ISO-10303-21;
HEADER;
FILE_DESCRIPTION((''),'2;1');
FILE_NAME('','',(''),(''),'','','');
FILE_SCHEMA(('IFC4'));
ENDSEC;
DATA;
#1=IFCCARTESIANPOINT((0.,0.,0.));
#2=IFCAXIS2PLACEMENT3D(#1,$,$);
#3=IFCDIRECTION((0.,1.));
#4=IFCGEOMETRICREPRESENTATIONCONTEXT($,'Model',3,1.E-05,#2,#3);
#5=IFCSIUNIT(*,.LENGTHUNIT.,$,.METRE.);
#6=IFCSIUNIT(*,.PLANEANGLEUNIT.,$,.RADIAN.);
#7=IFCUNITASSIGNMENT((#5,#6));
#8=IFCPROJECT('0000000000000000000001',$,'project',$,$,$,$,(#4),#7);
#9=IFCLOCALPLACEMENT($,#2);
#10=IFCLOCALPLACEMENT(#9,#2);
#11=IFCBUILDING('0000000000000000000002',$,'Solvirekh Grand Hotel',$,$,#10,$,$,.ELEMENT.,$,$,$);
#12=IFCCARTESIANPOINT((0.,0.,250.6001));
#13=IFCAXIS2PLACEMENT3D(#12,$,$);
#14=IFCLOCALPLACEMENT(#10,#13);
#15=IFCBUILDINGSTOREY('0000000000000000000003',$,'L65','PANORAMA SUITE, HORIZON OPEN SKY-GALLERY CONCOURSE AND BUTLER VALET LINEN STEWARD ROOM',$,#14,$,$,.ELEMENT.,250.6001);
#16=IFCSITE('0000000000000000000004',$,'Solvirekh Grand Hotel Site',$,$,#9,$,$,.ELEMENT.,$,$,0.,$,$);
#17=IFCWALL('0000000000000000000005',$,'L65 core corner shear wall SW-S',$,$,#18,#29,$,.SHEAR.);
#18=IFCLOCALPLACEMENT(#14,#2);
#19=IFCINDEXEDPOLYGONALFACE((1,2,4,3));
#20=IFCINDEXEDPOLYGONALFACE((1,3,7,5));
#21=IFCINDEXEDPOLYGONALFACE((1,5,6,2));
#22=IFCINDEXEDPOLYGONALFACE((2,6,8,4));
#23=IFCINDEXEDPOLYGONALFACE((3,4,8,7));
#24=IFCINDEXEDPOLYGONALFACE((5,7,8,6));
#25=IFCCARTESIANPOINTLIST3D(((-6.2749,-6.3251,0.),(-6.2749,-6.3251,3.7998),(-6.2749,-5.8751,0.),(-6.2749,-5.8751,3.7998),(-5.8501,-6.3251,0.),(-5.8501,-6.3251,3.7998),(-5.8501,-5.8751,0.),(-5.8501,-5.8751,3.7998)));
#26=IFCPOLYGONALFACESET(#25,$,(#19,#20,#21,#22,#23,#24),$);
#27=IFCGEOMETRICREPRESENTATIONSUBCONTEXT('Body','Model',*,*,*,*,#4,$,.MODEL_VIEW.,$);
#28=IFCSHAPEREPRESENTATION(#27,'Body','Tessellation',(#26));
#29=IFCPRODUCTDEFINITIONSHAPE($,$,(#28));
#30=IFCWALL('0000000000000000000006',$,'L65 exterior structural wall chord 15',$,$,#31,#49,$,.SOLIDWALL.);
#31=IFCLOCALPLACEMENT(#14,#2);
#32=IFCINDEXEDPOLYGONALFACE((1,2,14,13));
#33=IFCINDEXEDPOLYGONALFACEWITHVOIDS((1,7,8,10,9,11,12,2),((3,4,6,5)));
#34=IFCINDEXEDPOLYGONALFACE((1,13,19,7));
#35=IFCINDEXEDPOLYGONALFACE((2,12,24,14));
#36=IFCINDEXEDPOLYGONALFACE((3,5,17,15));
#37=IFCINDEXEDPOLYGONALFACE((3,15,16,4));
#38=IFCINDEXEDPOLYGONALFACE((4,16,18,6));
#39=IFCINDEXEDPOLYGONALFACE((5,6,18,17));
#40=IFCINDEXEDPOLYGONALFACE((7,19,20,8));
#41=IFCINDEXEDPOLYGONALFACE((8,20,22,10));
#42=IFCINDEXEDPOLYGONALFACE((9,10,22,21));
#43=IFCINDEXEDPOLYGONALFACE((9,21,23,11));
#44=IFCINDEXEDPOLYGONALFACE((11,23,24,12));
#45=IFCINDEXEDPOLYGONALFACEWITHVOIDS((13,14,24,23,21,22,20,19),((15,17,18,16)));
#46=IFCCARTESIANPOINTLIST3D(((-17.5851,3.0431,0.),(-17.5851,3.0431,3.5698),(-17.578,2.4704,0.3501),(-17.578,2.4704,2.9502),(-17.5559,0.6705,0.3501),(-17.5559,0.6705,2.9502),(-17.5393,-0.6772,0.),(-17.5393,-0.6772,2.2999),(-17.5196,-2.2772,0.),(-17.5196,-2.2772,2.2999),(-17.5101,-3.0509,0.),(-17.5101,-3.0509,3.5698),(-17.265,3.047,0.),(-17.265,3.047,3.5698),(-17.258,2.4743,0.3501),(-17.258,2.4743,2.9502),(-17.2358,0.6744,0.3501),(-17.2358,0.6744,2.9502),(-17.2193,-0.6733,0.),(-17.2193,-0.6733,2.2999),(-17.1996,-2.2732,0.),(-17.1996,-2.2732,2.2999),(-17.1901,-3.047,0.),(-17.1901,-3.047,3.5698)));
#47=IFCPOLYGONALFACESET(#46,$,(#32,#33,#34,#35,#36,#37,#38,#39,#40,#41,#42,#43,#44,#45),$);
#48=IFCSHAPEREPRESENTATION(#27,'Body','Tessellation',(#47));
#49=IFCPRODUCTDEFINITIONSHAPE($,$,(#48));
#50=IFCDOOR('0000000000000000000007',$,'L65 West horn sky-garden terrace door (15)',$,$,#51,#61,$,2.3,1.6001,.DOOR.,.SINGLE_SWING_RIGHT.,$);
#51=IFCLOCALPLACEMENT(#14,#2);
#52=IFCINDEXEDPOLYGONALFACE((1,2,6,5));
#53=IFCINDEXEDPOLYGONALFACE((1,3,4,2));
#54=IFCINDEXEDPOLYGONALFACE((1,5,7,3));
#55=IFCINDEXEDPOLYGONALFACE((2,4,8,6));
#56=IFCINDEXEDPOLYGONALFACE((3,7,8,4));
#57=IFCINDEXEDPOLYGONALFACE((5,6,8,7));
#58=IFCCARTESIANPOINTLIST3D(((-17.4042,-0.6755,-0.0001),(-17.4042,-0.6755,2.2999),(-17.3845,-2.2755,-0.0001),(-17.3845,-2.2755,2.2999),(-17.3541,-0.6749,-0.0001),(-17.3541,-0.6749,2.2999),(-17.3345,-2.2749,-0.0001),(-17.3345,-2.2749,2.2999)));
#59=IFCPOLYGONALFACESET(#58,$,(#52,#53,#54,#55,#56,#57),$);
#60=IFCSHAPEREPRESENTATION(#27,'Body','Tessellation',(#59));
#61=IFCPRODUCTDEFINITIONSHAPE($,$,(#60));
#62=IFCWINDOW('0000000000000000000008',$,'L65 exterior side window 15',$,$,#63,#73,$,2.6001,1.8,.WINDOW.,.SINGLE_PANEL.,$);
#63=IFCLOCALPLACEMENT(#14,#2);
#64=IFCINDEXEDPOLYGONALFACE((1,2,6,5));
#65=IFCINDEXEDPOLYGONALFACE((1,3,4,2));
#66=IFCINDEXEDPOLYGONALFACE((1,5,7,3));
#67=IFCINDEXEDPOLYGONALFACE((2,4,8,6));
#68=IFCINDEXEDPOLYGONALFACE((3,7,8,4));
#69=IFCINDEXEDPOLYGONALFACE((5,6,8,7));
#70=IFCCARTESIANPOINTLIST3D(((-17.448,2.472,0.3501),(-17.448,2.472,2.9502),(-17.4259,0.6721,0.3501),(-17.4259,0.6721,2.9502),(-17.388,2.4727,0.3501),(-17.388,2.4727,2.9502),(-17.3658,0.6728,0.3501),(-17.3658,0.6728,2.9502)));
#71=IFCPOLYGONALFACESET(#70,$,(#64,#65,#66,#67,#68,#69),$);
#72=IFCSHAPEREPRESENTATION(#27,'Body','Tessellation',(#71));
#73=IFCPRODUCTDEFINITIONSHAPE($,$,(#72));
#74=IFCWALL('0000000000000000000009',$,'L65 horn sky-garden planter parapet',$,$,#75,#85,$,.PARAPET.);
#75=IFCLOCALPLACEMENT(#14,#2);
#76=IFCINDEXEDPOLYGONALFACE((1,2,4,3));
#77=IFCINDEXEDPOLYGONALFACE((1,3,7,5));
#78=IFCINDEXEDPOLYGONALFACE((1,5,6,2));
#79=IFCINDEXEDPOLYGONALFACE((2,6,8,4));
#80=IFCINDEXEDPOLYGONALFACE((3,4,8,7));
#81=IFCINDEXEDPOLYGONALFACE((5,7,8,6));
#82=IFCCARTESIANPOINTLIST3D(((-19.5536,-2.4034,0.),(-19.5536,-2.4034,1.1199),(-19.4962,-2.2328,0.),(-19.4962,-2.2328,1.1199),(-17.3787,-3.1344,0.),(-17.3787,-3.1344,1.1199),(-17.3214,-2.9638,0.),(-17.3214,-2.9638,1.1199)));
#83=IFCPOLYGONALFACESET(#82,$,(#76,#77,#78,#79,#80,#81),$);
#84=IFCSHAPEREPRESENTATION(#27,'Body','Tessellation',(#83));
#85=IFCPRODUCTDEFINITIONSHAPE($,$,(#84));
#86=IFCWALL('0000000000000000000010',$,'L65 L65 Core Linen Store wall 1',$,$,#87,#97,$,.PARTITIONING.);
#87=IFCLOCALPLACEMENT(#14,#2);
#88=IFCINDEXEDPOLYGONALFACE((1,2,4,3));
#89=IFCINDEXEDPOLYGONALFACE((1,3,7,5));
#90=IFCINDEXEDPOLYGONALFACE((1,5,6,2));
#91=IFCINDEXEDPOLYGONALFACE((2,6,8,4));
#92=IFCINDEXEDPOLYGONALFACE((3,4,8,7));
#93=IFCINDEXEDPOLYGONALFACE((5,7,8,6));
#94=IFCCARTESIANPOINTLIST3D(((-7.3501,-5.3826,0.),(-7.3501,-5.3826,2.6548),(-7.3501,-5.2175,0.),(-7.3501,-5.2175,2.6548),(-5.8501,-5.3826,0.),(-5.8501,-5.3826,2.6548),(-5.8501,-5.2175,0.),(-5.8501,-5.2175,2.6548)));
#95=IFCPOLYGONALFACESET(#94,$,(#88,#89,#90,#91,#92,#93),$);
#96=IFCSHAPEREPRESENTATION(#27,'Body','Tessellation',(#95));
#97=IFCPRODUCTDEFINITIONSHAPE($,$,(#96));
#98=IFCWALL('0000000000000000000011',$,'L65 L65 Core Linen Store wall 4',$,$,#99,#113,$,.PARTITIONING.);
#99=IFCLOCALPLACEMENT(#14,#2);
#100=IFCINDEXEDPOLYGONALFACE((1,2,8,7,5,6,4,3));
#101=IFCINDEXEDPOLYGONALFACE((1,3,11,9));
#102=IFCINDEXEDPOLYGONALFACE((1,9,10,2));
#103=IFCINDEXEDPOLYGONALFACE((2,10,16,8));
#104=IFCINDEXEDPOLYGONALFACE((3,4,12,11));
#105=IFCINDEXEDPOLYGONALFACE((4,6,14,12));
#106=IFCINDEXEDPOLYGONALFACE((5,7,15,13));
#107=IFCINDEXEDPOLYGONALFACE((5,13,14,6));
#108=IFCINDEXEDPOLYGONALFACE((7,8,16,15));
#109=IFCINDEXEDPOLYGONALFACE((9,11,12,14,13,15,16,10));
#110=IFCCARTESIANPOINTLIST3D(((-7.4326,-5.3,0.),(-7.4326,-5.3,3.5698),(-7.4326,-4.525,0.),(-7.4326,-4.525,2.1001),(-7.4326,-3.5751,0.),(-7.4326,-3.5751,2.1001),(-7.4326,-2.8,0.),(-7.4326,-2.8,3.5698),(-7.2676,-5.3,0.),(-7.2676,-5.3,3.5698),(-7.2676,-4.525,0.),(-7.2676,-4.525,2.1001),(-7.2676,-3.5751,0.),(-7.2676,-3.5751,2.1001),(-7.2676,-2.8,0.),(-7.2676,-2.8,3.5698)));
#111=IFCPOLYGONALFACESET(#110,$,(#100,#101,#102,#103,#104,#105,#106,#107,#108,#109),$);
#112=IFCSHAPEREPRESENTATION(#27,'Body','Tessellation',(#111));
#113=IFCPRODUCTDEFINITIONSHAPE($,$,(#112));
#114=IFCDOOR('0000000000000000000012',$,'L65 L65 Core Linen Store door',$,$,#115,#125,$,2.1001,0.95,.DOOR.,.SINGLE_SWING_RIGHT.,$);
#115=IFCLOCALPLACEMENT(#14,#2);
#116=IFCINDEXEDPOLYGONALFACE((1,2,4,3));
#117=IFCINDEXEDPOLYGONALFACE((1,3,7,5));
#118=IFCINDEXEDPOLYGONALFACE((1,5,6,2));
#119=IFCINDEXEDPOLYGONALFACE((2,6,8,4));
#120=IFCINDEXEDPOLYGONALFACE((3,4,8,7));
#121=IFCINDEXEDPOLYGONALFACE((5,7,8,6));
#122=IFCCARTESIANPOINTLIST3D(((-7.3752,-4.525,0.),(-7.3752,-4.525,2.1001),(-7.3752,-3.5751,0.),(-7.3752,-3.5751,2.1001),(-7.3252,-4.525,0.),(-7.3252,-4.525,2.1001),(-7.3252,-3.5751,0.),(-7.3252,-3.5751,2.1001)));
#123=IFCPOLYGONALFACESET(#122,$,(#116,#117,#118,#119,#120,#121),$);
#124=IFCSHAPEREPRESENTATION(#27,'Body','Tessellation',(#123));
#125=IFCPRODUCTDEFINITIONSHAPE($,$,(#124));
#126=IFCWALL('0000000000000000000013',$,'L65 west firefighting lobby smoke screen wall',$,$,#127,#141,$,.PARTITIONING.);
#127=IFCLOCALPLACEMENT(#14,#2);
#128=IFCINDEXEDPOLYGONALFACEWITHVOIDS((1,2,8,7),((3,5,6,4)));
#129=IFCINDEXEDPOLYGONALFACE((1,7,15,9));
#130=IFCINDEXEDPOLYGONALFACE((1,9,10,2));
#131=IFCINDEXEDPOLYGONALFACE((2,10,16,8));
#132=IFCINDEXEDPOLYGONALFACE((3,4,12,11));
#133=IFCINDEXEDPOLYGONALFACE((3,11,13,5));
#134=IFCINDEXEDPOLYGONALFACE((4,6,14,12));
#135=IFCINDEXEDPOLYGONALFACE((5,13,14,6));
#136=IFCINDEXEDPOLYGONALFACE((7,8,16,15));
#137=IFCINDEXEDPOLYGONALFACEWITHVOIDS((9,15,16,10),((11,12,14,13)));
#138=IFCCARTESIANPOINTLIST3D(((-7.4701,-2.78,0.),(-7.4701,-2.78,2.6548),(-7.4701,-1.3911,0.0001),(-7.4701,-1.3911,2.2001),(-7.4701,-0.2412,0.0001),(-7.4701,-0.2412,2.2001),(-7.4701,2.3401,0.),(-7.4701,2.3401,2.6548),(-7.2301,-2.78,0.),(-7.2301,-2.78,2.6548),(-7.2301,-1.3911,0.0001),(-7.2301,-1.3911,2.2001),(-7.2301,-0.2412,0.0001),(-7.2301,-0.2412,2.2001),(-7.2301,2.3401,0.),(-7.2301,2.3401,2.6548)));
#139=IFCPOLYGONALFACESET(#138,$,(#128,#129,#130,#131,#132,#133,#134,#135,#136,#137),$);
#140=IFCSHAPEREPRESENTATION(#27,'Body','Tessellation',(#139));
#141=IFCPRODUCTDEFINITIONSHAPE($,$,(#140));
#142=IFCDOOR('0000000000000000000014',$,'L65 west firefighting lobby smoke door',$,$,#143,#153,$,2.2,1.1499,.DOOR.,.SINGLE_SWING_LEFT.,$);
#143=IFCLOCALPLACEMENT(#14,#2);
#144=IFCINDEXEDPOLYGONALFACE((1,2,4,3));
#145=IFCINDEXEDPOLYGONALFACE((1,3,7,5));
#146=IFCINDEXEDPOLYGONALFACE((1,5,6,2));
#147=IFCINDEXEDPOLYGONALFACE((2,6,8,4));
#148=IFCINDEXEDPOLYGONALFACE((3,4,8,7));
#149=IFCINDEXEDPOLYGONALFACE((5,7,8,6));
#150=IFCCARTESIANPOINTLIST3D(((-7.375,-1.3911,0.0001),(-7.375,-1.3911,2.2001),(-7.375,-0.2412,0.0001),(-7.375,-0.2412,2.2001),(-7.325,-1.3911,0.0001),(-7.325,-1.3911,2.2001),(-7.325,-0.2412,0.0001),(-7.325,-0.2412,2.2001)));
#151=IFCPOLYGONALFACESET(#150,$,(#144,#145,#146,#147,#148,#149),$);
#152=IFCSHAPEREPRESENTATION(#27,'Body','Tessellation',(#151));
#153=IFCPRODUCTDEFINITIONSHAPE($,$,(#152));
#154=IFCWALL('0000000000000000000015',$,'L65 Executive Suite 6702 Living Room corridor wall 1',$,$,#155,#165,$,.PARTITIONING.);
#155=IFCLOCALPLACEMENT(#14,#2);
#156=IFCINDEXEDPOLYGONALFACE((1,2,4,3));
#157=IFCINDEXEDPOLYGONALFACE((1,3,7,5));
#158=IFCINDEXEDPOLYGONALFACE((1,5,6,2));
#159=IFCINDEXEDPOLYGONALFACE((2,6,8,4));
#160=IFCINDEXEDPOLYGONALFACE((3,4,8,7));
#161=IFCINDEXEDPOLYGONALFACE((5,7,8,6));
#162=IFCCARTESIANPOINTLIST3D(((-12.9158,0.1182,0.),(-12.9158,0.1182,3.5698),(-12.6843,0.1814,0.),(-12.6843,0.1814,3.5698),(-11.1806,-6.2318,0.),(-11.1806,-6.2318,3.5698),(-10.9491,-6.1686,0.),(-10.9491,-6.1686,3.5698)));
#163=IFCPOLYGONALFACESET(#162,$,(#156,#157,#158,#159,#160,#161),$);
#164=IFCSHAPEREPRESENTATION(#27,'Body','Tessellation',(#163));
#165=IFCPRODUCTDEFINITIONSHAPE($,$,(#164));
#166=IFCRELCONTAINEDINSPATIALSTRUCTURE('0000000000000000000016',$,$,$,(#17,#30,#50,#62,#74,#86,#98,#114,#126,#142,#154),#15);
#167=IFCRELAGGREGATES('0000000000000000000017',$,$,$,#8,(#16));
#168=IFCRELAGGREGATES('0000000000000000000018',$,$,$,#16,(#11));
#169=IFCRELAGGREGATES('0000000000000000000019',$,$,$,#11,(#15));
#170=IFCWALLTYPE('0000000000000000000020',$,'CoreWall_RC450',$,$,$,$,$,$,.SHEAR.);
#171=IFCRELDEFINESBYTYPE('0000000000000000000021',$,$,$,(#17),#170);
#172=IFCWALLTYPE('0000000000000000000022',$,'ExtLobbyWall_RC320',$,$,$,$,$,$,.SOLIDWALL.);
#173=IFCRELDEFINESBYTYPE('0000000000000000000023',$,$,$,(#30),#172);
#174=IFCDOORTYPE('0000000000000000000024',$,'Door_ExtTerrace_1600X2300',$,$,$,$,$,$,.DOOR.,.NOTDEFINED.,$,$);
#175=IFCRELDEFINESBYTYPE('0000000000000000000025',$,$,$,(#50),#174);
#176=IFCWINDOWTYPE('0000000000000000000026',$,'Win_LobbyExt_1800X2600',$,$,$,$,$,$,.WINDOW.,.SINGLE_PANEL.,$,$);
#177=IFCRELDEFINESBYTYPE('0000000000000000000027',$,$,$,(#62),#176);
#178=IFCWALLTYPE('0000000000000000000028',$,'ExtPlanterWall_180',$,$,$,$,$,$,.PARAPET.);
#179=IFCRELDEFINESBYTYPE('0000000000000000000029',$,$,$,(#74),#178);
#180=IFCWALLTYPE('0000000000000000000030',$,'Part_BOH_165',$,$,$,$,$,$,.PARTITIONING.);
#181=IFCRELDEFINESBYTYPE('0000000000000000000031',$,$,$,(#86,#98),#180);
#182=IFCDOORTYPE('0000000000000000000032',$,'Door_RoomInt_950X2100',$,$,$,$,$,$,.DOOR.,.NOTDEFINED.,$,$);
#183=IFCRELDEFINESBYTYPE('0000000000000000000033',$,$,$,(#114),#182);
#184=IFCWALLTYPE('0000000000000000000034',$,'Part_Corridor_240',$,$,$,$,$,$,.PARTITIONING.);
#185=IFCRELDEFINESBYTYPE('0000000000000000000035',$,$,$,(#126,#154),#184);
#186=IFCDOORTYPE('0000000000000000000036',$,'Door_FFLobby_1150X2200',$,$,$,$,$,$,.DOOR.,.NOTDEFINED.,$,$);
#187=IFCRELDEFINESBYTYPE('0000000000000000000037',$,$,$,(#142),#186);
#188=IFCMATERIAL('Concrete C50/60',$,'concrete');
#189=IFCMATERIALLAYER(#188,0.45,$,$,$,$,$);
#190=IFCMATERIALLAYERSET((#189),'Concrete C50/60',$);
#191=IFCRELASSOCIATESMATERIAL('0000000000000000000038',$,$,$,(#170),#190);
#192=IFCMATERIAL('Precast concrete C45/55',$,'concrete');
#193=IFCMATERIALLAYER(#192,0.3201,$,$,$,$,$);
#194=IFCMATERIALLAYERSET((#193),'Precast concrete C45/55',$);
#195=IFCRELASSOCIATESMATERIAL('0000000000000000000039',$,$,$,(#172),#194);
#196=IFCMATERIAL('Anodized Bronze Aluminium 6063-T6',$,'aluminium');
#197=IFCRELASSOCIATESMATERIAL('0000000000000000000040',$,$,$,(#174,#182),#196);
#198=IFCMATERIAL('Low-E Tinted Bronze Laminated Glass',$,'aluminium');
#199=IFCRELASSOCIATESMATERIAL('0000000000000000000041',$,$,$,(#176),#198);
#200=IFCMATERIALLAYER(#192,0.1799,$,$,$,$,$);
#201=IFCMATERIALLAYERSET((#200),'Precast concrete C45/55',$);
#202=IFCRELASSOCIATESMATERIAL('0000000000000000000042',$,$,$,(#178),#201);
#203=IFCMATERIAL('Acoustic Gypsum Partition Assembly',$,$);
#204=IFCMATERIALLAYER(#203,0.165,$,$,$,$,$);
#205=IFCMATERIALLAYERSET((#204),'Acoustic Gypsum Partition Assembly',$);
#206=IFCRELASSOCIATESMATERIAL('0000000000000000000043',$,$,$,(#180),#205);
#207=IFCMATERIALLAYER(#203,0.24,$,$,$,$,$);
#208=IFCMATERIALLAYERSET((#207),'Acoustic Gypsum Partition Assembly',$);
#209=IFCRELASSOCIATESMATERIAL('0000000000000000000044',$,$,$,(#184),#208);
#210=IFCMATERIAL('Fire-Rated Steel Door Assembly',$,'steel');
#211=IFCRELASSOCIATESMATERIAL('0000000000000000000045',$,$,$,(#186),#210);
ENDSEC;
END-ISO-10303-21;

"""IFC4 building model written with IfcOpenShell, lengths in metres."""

from ifc_helpers import new_model, si_unit, direction, frame, frame_2d, origin, place, context, subcontext, project, spatial, rectangle, extrude, material, layer, layer_set, type_object, element, fill, save


model = new_model("IFC4")

# Units and contexts
model_context = context("Model", 3, precision=1e-05, world=origin(), true_north=direction((0.0, 1.0)))
body_context = subcontext(model_context, "Body", "Model", "MODEL_VIEW")
ifc_project = project(units=[si_unit("LENGTHUNIT", "METRE"), si_unit("PLANEANGLEUNIT", "RADIAN")], contexts=[model_context])

# Site, building, storey
site_placement = place(None, origin())
site = spatial("IfcSite", under=ifc_project, at=site_placement, Name="Solvirekh Grand Hotel Site", CompositionType="ELEMENT", RefElevation=0.0)
building_placement = place(site_placement, origin())
building = spatial("IfcBuilding", under=site, at=building_placement, Name="Solvirekh Grand Hotel", CompositionType="ELEMENT")
storey_placement = place(building_placement, frame((0.0, 0.0, 250.6001)))
storey = spatial("IfcBuildingStorey", under=building, at=storey_placement, Name="L65", Description="PANORAMA SUITE, HORIZON OPEN SKY-GALLERY CONCOURSE AND BUTLER VALET LINEN STEWARD ROOM", CompositionType="ELEMENT", Elevation=250.6001)

# Shared definitions
ifc_material_1 = material(Name="Concrete C50/60", Category="concrete")

# Wall
ifc_layer_1 = layer(ifc_material_1, 0.45)
ifc_layer_set_1 = layer_set([ifc_layer_1], Name="Concrete C50/60")
wall_type_1 = type_object("IfcWallType", Name="CoreWall_RC450", PredefinedType="SHEAR", material=ifc_layer_set_1)
wall_1_placement = place(storey_placement, frame((-6.2749, -6.1001, 0.0), z_axis=(0.0, 0.0, 1.0), x_axis=(1.0, 0.0, 0.0)))
element("IfcWall", 1, at=wall_1_placement, inside=storey, type_object=wall_type_1, Name="L65 core corner shear wall SW-S", PredefinedType="SHEAR", context=body_context, shape_type="SweptSolid", body=[
    extrude(rectangle(XDim=0.4248, YDim=0.45, at=frame_2d((0.2124, 0.0))), origin(), (0.0, 0.0, 1.0), 3.7998),
])

# Wall, openings, door, window
ifc_material_2 = material(Name="Precast concrete C45/55", Category="concrete")
ifc_layer_2 = layer(ifc_material_2, 0.3201)
ifc_layer_set_2 = layer_set([ifc_layer_2], Name="Precast concrete C45/55")
wall_type_2 = type_object("IfcWallType", Name="ExtLobbyWall_RC320", PredefinedType="SOLIDWALL", material=ifc_layer_set_2)
wall_2_placement = place(storey_placement, frame((-17.3501, -3.0491, 0.0), z_axis=(0.0, 0.0, 1.0), x_axis=(-0.012298, 0.999924, 0.0)))
wall_2 = element("IfcWall", 2, at=wall_2_placement, inside=storey, type_object=wall_type_2, Name="L65 exterior structural wall chord 15", PredefinedType="SOLIDWALL", context=body_context, shape_type="SweptSolid", body=[
    extrude(rectangle(XDim=6.0945, YDim=0.3201, at=frame_2d((3.0474, 0.0))), origin(), (0.0, 0.0, 1.0), 3.5698),
])
opening_1_placement = place(wall_2_placement, frame((3.7219, 0.0, 0.3501)))
opening_1 = element("IfcOpeningElement", 3, at=opening_1_placement, cuts=wall_2, PredefinedType="OPENING", context=body_context, shape_type="SweptSolid", body=[
    extrude(rectangle(XDim=1.8, YDim=2.6001, at=frame_2d((0.8999, 1.3))), frame((0.0, 0.1699, 0.0), z_axis=(0.0, -1.0, 0.0), x_axis=(1.0, 0.0, 0.0)), (0.0, 0.0, 1.0), 0.3401),
])
opening_2_placement = place(wall_2_placement, frame((0.7739, 0.0, 0.0)))
opening_2 = element("IfcOpeningElement", 4, at=opening_2_placement, cuts=wall_2, PredefinedType="OPENING", context=body_context, shape_type="SweptSolid", body=[
    extrude(rectangle(XDim=1.6001, YDim=2.3, at=frame_2d((0.8, 1.1499))), frame((0.0, 0.1699, 0.0), z_axis=(0.0, -1.0, 0.0), x_axis=(1.0, 0.0, 0.0)), (0.0, 0.0, 1.0), 0.3401),
])
ifc_material_3 = material(Name="Anodized Bronze Aluminium 6063-T6", Category="aluminium")
door_type_1 = type_object("IfcDoorType", Name="Door_ExtTerrace_1600X2300", OperationType="NOTDEFINED", PredefinedType="DOOR", material=ifc_material_3)
door_1_placement = place(opening_2_placement, origin())
door_1 = element("IfcDoor", 5, at=door_1_placement, inside=storey, type_object=door_type_1, Name="L65 West horn sky-garden terrace door (15)", OperationType="SINGLE_SWING_RIGHT", OverallHeight=2.3, OverallWidth=1.6001, PredefinedType="DOOR", context=body_context, shape_type="SweptSolid", body=[
    extrude(rectangle(XDim=1.6001, YDim=2.3, at=frame_2d((0.8, 1.1499))), frame((0.0, 0.0249, 0.0), z_axis=(0.0, -1.0, 0.0), x_axis=(1.0, 0.0, 0.0)), (0.0, 0.0, 1.0), 0.05),
])
fill(opening_2, door_1)
ifc_material_4 = material(Name="Low-E Tinted Bronze Laminated Glass", Category="aluminium")
window_type = type_object("IfcWindowType", Name="Win_LobbyExt_1800X2600", PartitioningType="SINGLE_PANEL", PredefinedType="WINDOW", material=ifc_material_4)
window_placement = place(opening_1_placement, origin())
window = element("IfcWindow", 6, at=window_placement, inside=storey, type_object=window_type, Name="L65 exterior side window 15", OverallHeight=2.6001, OverallWidth=1.8, PartitioningType="SINGLE_PANEL", PredefinedType="WINDOW", context=body_context, shape_type="SweptSolid", body=[
    extrude(rectangle(XDim=1.8, YDim=2.6001, at=frame_2d((0.8999, 1.3))), frame((0.0, 0.03, 0.0), z_axis=(0.0, -1.0, 0.0), x_axis=(1.0, 0.0, 0.0)), (0.0, 0.0, 1.0), 0.0601),
])
fill(opening_1, window)

# Walls
ifc_layer_3 = layer(ifc_material_2, 0.1799)
ifc_layer_set_3 = layer_set([ifc_layer_3], Name="Precast concrete C45/55")
wall_type_3 = type_object("IfcWallType", Name="ExtPlanterWall_180", PredefinedType="PARAPET", material=ifc_layer_set_3)
wall_3_placement = place(storey_placement, frame((-19.5249, -2.3181, 0.0), z_axis=(0.0, 0.0, 1.0), x_axis=(0.947893, -0.318589, 0.0)))
element("IfcWall", 7, at=wall_3_placement, inside=storey, type_object=wall_type_3, Name="L65 horn sky-garden planter parapet", PredefinedType="PARAPET", context=body_context, shape_type="SweptSolid", body=[
    extrude(rectangle(XDim=2.2944, YDim=0.1799, at=frame_2d((1.1472, 0.0))), origin(), (0.0, 0.0, 1.0), 1.1199),
])
ifc_material_5 = material(Name="Acoustic Gypsum Partition Assembly")
ifc_layer_4 = layer(ifc_material_5, 0.165)
ifc_layer_set_4 = layer_set([ifc_layer_4], Name="Acoustic Gypsum Partition Assembly")
wall_type_4 = type_object("IfcWallType", Name="Part_BOH_165", PredefinedType="PARTITIONING", material=ifc_layer_set_4)
wall_4_placement = place(storey_placement, frame((-7.3501, -5.3, 0.0), z_axis=(0.0, 0.0, 1.0), x_axis=(1.0, 0.0, 0.0)))
element("IfcWall", 8, at=wall_4_placement, inside=storey, type_object=wall_type_4, Name="L65 L65 Core Linen Store wall 1", PredefinedType="PARTITIONING", context=body_context, shape_type="SweptSolid", body=[
    extrude(rectangle(XDim=1.5, YDim=0.165, at=frame_2d((0.75, 0.0))), origin(), (0.0, 0.0, 1.0), 2.6548),
])

# Walls, openings, doors
wall_5_placement = place(storey_placement, frame((-7.3501, -2.8, 0.0), z_axis=(0.0, 0.0, 1.0), x_axis=(0.0, -1.0, 0.0)))
wall_5 = element("IfcWall", 9, at=wall_5_placement, inside=storey, type_object=wall_type_4, Name="L65 L65 Core Linen Store wall 4", PredefinedType="PARTITIONING", context=body_context, shape_type="SweptSolid", body=[
    extrude(rectangle(XDim=2.5, YDim=0.165, at=frame_2d((1.25, 0.0))), origin(), (0.0, 0.0, 1.0), 3.5698),
])
opening_3_placement = place(wall_5_placement, frame((0.7749, 0.0, 0.0)))
opening_3 = element("IfcOpeningElement", 10, at=opening_3_placement, cuts=wall_5, PredefinedType="OPENING", context=body_context, shape_type="SweptSolid", body=[
    extrude(rectangle(XDim=0.95, YDim=2.1001, at=frame_2d((0.4751, 1.05))), frame((0.0, 0.0925, 0.0), z_axis=(0.0, -1.0, 0.0), x_axis=(1.0, 0.0, 0.0)), (0.0, 0.0, 1.0), 0.1851),
])
door_type_2 = type_object("IfcDoorType", Name="Door_RoomInt_950X2100", OperationType="NOTDEFINED", PredefinedType="DOOR", material=ifc_material_3)
door_2_placement = place(opening_3_placement, origin())
door_2 = element("IfcDoor", 11, at=door_2_placement, inside=storey, type_object=door_type_2, Name="L65 L65 Core Linen Store door", OperationType="SINGLE_SWING_RIGHT", OverallHeight=2.1001, OverallWidth=0.95, PredefinedType="DOOR", context=body_context, shape_type="SweptSolid", body=[
    extrude(rectangle(XDim=0.95, YDim=2.1001, at=frame_2d((0.4751, 1.05))), frame((0.0, 0.0249, 0.0), z_axis=(0.0, -1.0, 0.0), x_axis=(1.0, 0.0, 0.0)), (0.0, 0.0, 1.0), 0.05),
])
fill(opening_3, door_2)
ifc_layer_5 = layer(ifc_material_5, 0.24)
ifc_layer_set_5 = layer_set([ifc_layer_5], Name="Acoustic Gypsum Partition Assembly")
wall_type_5 = type_object("IfcWallType", Name="Part_Corridor_240", PredefinedType="PARTITIONING", material=ifc_layer_set_5)
wall_6_placement = place(storey_placement, frame((-7.3501, -2.78, 0.0), z_axis=(0.0, 0.0, 1.0), x_axis=(0.0, 1.0, 0.0)))
wall_6 = element("IfcWall", 12, at=wall_6_placement, inside=storey, type_object=wall_type_5, Name="L65 west firefighting lobby smoke screen wall", PredefinedType="PARTITIONING", context=body_context, shape_type="SweptSolid", body=[
    extrude(rectangle(XDim=5.1201, YDim=0.24, at=frame_2d((2.5601, 0.0))), origin(), (0.0, 0.0, 1.0), 2.6548),
])
opening_4_placement = place(wall_6_placement, frame((1.3889, 0.0, 0.0)))
opening_4 = element("IfcOpeningElement", 13, at=opening_4_placement, cuts=wall_6, PredefinedType="OPENING", context=body_context, shape_type="SweptSolid", body=[
    extrude(rectangle(XDim=1.1499, YDim=2.2, at=frame_2d((0.575, 1.1001))), frame((0.0, 0.1299, 0.0), z_axis=(0.0, -1.0, 0.0), x_axis=(1.0, 0.0, 0.0)), (0.0, 0.0, 1.0), 0.26),
])
ifc_material_6 = material(Name="Fire-Rated Steel Door Assembly", Category="steel")
door_type_3 = type_object("IfcDoorType", Name="Door_FFLobby_1150X2200", OperationType="NOTDEFINED", PredefinedType="DOOR", material=ifc_material_6)
door_3_placement = place(opening_4_placement, origin())
door_3 = element("IfcDoor", 14, at=door_3_placement, inside=storey, type_object=door_type_3, Name="L65 west firefighting lobby smoke door", OperationType="SINGLE_SWING_LEFT", OverallHeight=2.2, OverallWidth=1.1499, PredefinedType="DOOR", context=body_context, shape_type="SweptSolid", body=[
    extrude(rectangle(XDim=1.1499, YDim=2.2, at=frame_2d((0.575, 1.1001))), frame((0.0, 0.0249, 0.0), z_axis=(0.0, -1.0, 0.0), x_axis=(1.0, 0.0, 0.0)), (0.0, 0.0, 1.0), 0.05),
])
fill(opening_4, door_3)

# Wall
wall_7_placement = place(storey_placement, frame((-12.8, 0.1499, 0.0), z_axis=(0.0, 0.0, 1.0), x_axis=(0.263588, -0.964635, 0.0)))
element("IfcWall", 15, at=wall_7_placement, inside=storey, type_object=wall_type_5, Name="L65 Executive Suite 6702 Living Room corridor wall 1", PredefinedType="PARTITIONING", context=body_context, shape_type="SweptSolid", body=[
    extrude(rectangle(XDim=6.5828, YDim=0.24, at=frame_2d((3.2915, 0.0))), origin(), (0.0, 0.0, 1.0), 3.5698),
])

save(model, "model.ifc")
